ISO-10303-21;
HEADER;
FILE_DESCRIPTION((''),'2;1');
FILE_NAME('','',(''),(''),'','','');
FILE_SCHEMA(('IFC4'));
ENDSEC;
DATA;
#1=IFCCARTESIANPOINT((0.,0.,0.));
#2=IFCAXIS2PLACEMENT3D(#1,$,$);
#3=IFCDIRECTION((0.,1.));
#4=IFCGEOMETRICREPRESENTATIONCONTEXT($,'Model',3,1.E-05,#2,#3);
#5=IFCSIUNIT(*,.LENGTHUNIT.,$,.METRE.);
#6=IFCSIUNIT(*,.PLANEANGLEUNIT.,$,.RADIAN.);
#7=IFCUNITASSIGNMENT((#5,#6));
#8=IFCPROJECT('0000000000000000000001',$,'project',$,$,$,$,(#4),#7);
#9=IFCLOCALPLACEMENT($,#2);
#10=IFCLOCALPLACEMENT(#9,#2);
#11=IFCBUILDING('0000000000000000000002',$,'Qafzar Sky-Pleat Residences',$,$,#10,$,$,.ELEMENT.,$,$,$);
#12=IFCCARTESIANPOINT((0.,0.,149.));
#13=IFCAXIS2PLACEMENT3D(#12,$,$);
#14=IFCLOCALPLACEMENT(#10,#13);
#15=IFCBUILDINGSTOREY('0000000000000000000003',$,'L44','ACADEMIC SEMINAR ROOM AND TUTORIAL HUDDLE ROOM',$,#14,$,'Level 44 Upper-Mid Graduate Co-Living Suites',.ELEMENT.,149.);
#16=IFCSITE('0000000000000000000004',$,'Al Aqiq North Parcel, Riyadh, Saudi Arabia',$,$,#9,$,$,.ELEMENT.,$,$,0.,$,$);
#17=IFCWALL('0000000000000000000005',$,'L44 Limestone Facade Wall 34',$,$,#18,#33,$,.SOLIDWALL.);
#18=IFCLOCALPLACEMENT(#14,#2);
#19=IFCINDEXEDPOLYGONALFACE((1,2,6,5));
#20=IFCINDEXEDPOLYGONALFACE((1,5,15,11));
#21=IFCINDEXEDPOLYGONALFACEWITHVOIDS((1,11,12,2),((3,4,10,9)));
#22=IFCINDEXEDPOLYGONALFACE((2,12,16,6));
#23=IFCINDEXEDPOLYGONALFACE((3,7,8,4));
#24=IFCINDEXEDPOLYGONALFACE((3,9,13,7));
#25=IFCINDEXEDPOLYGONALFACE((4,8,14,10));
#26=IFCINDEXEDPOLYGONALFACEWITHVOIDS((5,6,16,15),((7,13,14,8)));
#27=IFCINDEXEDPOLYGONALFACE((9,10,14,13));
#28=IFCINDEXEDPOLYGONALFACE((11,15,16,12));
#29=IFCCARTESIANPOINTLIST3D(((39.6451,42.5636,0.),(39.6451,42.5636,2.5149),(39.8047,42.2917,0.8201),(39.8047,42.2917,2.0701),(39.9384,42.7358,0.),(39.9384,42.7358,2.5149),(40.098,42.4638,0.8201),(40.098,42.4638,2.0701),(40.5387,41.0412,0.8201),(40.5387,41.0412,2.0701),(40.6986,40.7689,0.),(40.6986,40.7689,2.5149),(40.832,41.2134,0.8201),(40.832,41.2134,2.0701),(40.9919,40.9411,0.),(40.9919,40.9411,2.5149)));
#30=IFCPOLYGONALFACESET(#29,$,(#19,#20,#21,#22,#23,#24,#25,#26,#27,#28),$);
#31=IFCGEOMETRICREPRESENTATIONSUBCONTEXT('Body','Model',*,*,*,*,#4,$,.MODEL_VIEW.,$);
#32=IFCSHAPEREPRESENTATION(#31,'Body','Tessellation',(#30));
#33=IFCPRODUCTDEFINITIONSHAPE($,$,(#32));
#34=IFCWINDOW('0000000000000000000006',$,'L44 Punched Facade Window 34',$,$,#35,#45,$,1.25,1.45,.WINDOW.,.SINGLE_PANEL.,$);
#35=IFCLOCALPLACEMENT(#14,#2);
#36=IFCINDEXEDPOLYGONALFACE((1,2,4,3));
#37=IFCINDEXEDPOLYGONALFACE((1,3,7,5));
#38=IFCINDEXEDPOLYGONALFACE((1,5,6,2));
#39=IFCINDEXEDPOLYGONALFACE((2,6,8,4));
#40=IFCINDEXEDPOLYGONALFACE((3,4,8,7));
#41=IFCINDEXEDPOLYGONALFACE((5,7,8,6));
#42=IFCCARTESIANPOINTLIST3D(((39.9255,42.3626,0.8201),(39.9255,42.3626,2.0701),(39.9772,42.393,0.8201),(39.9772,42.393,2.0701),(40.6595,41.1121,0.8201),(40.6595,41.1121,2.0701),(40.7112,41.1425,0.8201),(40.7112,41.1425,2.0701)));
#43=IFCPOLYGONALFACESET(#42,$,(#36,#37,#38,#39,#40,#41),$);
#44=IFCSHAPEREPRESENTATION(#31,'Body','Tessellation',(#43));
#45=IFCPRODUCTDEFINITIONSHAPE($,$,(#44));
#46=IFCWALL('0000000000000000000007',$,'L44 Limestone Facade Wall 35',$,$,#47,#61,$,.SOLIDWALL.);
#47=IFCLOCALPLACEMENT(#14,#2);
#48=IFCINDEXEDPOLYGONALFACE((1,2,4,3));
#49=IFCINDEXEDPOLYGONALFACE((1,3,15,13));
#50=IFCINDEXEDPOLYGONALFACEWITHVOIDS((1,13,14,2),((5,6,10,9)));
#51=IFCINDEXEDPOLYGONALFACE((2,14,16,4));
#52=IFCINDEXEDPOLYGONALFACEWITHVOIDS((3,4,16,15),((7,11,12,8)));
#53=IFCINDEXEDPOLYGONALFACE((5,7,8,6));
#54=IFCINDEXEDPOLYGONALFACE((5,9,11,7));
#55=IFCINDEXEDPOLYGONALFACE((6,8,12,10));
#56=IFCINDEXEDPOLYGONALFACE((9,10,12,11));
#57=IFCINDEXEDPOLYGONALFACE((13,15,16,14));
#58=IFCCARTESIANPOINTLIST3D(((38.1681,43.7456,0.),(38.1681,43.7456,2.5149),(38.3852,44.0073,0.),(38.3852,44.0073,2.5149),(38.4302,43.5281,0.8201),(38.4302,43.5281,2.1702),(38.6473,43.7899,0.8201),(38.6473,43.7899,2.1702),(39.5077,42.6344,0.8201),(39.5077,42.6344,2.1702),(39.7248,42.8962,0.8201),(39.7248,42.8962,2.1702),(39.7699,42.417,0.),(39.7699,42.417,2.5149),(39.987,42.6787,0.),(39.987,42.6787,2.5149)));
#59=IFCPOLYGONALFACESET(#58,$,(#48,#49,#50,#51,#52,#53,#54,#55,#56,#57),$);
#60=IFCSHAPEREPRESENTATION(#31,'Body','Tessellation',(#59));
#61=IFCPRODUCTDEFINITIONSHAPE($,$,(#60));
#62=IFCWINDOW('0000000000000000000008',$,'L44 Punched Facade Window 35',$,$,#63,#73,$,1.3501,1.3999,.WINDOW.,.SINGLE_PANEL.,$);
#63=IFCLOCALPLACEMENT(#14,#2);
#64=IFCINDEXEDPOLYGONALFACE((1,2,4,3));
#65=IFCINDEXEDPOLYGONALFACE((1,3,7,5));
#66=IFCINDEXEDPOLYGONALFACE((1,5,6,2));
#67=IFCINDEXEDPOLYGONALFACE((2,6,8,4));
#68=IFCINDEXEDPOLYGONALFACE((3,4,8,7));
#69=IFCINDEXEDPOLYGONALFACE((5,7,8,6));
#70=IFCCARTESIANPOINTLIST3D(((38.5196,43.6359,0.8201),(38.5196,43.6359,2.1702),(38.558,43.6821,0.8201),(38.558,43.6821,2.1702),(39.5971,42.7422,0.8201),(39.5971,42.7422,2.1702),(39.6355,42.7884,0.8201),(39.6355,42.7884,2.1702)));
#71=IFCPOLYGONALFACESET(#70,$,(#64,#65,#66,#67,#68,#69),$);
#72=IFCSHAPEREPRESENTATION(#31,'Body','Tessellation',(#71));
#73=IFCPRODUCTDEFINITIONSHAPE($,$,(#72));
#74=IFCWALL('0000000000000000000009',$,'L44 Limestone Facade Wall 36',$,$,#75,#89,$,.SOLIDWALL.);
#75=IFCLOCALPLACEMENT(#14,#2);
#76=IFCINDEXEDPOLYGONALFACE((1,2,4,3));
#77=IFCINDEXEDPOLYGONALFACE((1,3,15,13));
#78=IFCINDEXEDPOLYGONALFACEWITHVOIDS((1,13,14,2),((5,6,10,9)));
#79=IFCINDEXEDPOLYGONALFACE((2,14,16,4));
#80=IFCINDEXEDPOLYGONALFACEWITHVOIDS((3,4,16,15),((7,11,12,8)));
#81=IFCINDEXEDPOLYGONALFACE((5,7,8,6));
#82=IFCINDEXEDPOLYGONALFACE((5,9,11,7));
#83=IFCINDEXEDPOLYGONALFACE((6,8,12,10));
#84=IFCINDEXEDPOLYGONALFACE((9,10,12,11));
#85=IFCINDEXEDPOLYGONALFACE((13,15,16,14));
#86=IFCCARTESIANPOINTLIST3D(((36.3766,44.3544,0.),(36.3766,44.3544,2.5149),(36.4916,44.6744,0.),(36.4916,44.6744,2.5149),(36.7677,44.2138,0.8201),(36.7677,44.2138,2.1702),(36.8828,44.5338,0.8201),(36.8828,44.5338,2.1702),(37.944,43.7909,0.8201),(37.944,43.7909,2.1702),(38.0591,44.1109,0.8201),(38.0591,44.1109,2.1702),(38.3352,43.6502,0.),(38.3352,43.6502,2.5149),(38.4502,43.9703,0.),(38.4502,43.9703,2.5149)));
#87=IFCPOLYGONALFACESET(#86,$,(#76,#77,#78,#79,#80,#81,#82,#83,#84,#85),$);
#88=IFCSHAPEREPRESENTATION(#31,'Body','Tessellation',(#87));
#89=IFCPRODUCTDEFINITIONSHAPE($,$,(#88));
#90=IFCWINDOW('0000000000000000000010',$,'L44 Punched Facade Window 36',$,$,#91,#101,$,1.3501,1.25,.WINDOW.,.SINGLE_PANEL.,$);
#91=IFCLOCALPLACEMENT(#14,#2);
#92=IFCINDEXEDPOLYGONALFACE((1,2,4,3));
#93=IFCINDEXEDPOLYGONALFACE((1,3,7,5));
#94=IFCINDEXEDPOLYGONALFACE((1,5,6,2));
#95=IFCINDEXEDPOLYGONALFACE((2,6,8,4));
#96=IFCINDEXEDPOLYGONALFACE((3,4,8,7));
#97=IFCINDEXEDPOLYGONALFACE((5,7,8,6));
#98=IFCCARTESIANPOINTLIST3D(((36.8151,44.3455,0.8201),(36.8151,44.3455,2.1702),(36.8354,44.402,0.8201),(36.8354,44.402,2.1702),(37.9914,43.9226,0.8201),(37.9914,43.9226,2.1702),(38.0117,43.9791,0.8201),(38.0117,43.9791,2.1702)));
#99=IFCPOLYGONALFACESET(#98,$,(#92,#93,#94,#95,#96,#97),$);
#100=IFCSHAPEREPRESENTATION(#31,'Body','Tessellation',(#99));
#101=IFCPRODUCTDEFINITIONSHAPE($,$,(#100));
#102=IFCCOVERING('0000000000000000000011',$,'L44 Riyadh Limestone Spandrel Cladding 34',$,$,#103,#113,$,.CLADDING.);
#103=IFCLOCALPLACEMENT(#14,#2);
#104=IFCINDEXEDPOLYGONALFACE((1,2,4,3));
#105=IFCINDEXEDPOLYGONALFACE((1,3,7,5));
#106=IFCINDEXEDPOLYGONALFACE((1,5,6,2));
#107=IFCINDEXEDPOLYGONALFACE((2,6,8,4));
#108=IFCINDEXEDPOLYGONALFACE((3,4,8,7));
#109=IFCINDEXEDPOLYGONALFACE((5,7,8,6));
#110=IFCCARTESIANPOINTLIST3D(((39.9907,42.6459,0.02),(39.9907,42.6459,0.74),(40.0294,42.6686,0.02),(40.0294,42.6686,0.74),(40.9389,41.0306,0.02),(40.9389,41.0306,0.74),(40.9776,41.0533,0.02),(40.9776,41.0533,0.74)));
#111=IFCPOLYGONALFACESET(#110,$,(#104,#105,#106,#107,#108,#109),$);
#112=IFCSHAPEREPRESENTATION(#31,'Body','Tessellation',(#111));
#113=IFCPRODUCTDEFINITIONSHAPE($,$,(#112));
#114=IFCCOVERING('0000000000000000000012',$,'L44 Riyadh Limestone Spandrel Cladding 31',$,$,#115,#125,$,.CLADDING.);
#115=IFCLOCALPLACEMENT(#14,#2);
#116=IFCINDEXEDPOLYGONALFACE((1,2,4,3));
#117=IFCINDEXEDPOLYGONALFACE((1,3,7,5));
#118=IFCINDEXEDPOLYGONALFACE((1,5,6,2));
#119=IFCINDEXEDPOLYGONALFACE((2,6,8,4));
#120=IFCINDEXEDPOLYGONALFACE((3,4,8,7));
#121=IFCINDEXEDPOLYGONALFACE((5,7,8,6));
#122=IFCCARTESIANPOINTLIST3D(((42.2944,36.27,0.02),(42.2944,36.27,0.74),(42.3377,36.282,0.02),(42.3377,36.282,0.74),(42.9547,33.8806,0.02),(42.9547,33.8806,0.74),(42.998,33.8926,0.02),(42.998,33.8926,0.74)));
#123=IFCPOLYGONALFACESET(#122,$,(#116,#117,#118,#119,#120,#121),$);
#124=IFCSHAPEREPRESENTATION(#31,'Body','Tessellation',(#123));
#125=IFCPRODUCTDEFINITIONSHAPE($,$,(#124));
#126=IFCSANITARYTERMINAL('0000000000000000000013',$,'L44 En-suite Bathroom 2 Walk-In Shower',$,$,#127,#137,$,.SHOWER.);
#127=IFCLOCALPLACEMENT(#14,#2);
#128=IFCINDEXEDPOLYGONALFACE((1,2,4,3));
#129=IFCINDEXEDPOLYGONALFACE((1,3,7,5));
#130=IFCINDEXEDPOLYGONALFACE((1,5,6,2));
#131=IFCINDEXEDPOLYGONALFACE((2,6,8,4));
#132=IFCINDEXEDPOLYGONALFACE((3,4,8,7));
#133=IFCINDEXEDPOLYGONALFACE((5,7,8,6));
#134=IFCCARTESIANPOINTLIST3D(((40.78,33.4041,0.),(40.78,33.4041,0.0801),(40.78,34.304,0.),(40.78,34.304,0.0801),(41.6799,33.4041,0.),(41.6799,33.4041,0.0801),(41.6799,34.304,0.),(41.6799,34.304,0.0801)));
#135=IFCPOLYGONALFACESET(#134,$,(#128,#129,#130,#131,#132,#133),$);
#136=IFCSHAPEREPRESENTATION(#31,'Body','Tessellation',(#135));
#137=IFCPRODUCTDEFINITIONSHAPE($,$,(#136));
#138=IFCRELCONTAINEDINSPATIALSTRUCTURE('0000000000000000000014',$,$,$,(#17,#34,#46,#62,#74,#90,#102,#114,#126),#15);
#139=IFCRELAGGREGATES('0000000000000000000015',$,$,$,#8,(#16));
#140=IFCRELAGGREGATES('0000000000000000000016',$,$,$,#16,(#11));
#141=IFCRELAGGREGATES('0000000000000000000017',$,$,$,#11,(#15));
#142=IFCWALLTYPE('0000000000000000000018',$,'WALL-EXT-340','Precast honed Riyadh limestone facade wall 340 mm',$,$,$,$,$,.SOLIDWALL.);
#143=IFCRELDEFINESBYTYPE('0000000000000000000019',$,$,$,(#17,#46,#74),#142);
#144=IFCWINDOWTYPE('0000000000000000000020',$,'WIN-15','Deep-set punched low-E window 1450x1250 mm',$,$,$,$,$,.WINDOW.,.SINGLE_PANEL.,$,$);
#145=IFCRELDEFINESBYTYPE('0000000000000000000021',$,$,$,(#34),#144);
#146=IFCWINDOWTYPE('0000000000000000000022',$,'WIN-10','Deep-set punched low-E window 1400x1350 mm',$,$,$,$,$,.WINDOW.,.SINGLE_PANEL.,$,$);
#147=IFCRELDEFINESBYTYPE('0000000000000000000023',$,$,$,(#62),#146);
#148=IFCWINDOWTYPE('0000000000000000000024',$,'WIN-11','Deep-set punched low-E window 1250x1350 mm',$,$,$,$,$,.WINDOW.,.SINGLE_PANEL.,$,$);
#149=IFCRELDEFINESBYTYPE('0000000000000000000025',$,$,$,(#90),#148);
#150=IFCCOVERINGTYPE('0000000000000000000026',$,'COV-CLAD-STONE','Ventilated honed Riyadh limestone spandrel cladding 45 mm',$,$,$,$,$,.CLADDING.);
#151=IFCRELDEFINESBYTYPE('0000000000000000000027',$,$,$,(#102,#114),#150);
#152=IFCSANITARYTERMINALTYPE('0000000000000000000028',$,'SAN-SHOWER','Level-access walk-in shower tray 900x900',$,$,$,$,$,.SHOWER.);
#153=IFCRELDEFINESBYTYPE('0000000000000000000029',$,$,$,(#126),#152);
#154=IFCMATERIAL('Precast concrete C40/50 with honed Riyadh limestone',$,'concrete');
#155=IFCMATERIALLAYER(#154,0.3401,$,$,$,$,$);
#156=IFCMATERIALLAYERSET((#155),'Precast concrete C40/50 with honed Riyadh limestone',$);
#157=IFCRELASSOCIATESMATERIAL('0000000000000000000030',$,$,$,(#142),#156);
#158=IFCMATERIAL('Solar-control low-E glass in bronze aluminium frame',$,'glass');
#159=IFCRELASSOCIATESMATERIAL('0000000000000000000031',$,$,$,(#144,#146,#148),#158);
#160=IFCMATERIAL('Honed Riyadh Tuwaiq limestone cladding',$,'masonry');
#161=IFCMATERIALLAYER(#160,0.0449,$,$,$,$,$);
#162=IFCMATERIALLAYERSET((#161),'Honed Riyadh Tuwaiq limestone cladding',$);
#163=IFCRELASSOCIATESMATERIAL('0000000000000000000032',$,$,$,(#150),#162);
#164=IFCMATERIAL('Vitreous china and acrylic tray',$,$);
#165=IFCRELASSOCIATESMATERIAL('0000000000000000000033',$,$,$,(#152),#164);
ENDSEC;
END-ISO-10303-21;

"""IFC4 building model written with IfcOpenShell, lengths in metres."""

from ifc_helpers import new_model, si_unit, direction, frame, frame_2d, origin, origin_2d, place, context, subcontext, project, spatial, rectangle, extrude, source, transform, mapped, material, layer, layer_set, type_object, element, fill, save


model = new_model("IFC4")

# Units and contexts
model_context = context("Model", 3, precision=1e-05, world=origin(), true_north=direction((0.0, 1.0)))
body_context = subcontext(model_context, "Body", "Model", "MODEL_VIEW")
ifc_project = project(units=[si_unit("LENGTHUNIT", "METRE"), si_unit("PLANEANGLEUNIT", "RADIAN")], contexts=[model_context])

# Site, building, storey
site_placement = place(None, origin())
site = spatial("IfcSite", under=ifc_project, at=site_placement, Name="Al Aqiq North Parcel, Riyadh, Saudi Arabia", CompositionType="ELEMENT", RefElevation=0.0)
building_placement = place(site_placement, origin())
building = spatial("IfcBuilding", under=site, at=building_placement, Name="Qafzar Sky-Pleat Residences", CompositionType="ELEMENT")
storey_placement = place(building_placement, frame((0.0, 0.0, 149.0)))
storey = spatial("IfcBuildingStorey", under=building, at=storey_placement, Name="L44", Description="ACADEMIC SEMINAR ROOM AND TUTORIAL HUDDLE ROOM", LongName="Level 44 Upper-Mid Graduate Co-Living Suites", CompositionType="ELEMENT", Elevation=149.0)

# Walls, openings, windows
ifc_material_1 = material(Name="Precast concrete C40/50 with honed Riyadh limestone", Category="concrete")
ifc_layer_1 = layer(ifc_material_1, 0.3401)
ifc_layer_set_1 = layer_set([ifc_layer_1], Name="Precast concrete C40/50 with honed Riyadh limestone")
wall_type_1 = type_object("IfcWallType", Name="WALL-EXT-340", Description="Precast honed Riyadh limestone facade wall 340 mm", PredefinedType="SOLIDWALL", material=ifc_layer_set_1)
ifc_material_2 = material(Name="Solar-control low-E glass in bronze aluminium frame", Category="glass")
window_type_1 = type_object("IfcWindowType", Name="WIN-15", Description="Deep-set punched low-E window 1450x1250 mm", PartitioningType="SINGLE_PANEL", PredefinedType="WINDOW", material=ifc_material_2)
shared_shape_1 = source(origin(), body_context, "Body", "SweptSolid", [
    extrude(rectangle(XDim=1.45, YDim=1.25, at=frame_2d((0.7251, 0.625))), frame((0.0, 0.03, 0.0), z_axis=(0.0, -1.0, 0.0), x_axis=(1.0, 0.0, 0.0)), (0.0, 0.0, 1.0), 0.0601),
])
wall_1_placement = place(storey_placement, frame((40.8452, 40.855, 0.0), z_axis=(0.0, 0.0, 1.0), x_axis=(-0.506225, 0.862401, 0.0)))
wall_1 = element("IfcWall", 1, at=wall_1_placement, inside=storey, type_object=wall_type_1, Name="L44 Limestone Facade Wall 34", PredefinedType="SOLIDWALL", context=body_context, shape_type="SweptSolid", body=[
    extrude(rectangle(XDim=2.0811, YDim=0.3401, at=frame_2d((1.0405, 0.0))), origin(), (0.0, 0.0, 1.0), 2.5149),
])
opening_1_placement = place(wall_1_placement, frame((0.3157, 0.0, 0.8201)))
opening_1 = element("IfcOpeningElement", 2, at=opening_1_placement, cuts=wall_1, PredefinedType="OPENING", context=body_context, shape_type="SweptSolid", body=[
    extrude(rectangle(XDim=1.45, YDim=1.25, at=frame_2d((0.7251, 0.625))), frame((0.0, 0.1802, 0.0), z_axis=(0.0, -1.0, 0.0), x_axis=(1.0, 0.0, 0.0)), (0.0, 0.0, 1.0), 0.3601),
])
window_1_placement = place(opening_1_placement, origin())
window_1 = element("IfcWindow", 3, at=window_1_placement, inside=storey, type_object=window_type_1, Name="L44 Punched Facade Window 34", OverallHeight=1.25, OverallWidth=1.45, PartitioningType="SINGLE_PANEL", PredefinedType="WINDOW", context=body_context, shape_type="MappedRepresentation", body=[
    mapped(shared_shape_1, transform((0.0, 0.0, 0.0), x_axis=(1.0, 0.0, 0.0), y_axis=(0.0, 1.0, 0.0), z_axis=(0.0, 0.0, 1.0), scale=1.0)),
])
fill(opening_1, window_1)
wall_2_placement = place(storey_placement, frame((39.8784, 42.5479, 0.0), z_axis=(0.0, 0.0, 1.0), x_axis=(-0.76969, 0.638417, 0.0)))
wall_2 = element("IfcWall", 4, at=wall_2_placement, inside=storey, type_object=wall_type_1, Name="L44 Limestone Facade Wall 35", PredefinedType="SOLIDWALL", context=body_context, shape_type="SweptSolid", body=[
    extrude(rectangle(XDim=2.0811, YDim=0.3401, at=frame_2d((1.0405, 0.0))), origin(), (0.0, 0.0, 1.0), 2.5149),
])
opening_2_placement = place(wall_2_placement, frame((0.3406, 0.0, 0.8201)))
opening_2 = element("IfcOpeningElement", 5, at=opening_2_placement, cuts=wall_2, PredefinedType="OPENING", context=body_context, shape_type="SweptSolid", body=[
    extrude(rectangle(XDim=1.3999, YDim=1.3501, at=frame_2d((0.7, 0.675))), frame((0.0, 0.1802, 0.0), z_axis=(0.0, -1.0, 0.0), x_axis=(1.0, 0.0, 0.0)), (0.0, 0.0, 1.0), 0.3601),
])
window_type_2 = type_object("IfcWindowType", Name="WIN-10", Description="Deep-set punched low-E window 1400x1350 mm", PartitioningType="SINGLE_PANEL", PredefinedType="WINDOW", material=ifc_material_2)
shared_shape_2 = source(origin(), body_context, "Body", "SweptSolid", [
    extrude(rectangle(XDim=1.3999, YDim=1.3501, at=frame_2d((0.7, 0.675))), frame((0.0, 0.03, 0.0), z_axis=(0.0, -1.0, 0.0), x_axis=(1.0, 0.0, 0.0)), (0.0, 0.0, 1.0), 0.0601),
])
window_2_placement = place(opening_2_placement, origin())
window_2 = element("IfcWindow", 6, at=window_2_placement, inside=storey, type_object=window_type_2, Name="L44 Punched Facade Window 35", OverallHeight=1.3501, OverallWidth=1.3999, PartitioningType="SINGLE_PANEL", PredefinedType="WINDOW", context=body_context, shape_type="MappedRepresentation", body=[
    mapped(shared_shape_2, transform((0.0, 0.0, 0.0), x_axis=(1.0, 0.0, 0.0), y_axis=(0.0, 1.0, 0.0), z_axis=(0.0, 0.0, 1.0), scale=1.0)),
])
fill(opening_2, window_2)
wall_3_placement = place(storey_placement, frame((38.3926, 43.8103, 0.0), z_axis=(0.0, 0.0, 1.0), x_axis=(-0.941034, 0.338312, 0.0)))
wall_3 = element("IfcWall", 7, at=wall_3_placement, inside=storey, type_object=wall_type_1, Name="L44 Limestone Facade Wall 36", PredefinedType="SOLIDWALL", context=body_context, shape_type="SweptSolid", body=[
    extrude(rectangle(XDim=2.0813, YDim=0.3401, at=frame_2d((1.0405, 0.0))), origin(), (0.0, 0.0, 1.0), 2.5149),
])
opening_3_placement = place(wall_3_placement, frame((0.4155, 0.0, 0.8201)))
opening_3 = element("IfcOpeningElement", 8, at=opening_3_placement, cuts=wall_3, PredefinedType="OPENING", context=body_context, shape_type="SweptSolid", body=[
    extrude(rectangle(XDim=1.25, YDim=1.3501, at=frame_2d((0.625, 0.675))), frame((0.0, 0.1802, 0.0), z_axis=(0.0, -1.0, 0.0), x_axis=(1.0, 0.0, 0.0)), (0.0, 0.0, 1.0), 0.3601),
])
window_type_3 = type_object("IfcWindowType", Name="WIN-11", Description="Deep-set punched low-E window 1250x1350 mm", PartitioningType="SINGLE_PANEL", PredefinedType="WINDOW", material=ifc_material_2)
shared_shape_3 = source(origin(), body_context, "Body", "SweptSolid", [
    extrude(rectangle(XDim=1.25, YDim=1.3501, at=frame_2d((0.625, 0.675))), frame((0.0, 0.03, 0.0), z_axis=(0.0, -1.0, 0.0), x_axis=(1.0, 0.0, 0.0)), (0.0, 0.0, 1.0), 0.0601),
])
window_3_placement = place(opening_3_placement, origin())
window_3 = element("IfcWindow", 9, at=window_3_placement, inside=storey, type_object=window_type_3, Name="L44 Punched Facade Window 36", OverallHeight=1.3501, OverallWidth=1.25, PartitioningType="SINGLE_PANEL", PredefinedType="WINDOW", context=body_context, shape_type="MappedRepresentation", body=[
    mapped(shared_shape_3, transform((0.0, 0.0, 0.0), x_axis=(1.0, 0.0, 0.0), y_axis=(0.0, 1.0, 0.0), z_axis=(0.0, 0.0, 1.0), scale=1.0)),
])
fill(opening_3, window_3)

# Coverings
ifc_material_3 = material(Name="Honed Riyadh Tuwaiq limestone cladding", Category="masonry")
ifc_layer_2 = layer(ifc_material_3, 0.0449)
ifc_layer_set_2 = layer_set([ifc_layer_2], Name="Honed Riyadh Tuwaiq limestone cladding")
covering_type = type_object("IfcCoveringType", Name="COV-CLAD-STONE", Description="Ventilated honed Riyadh limestone spandrel cladding 45 mm", PredefinedType="CLADDING", material=ifc_layer_set_2)
shared_shape_4 = source(origin(), body_context, "Body", "SweptSolid", [
    extrude(rectangle(XDim=1.873, YDim=0.0449, at=origin_2d()), origin(), (0.0, 0.0, 1.0), 0.72),
])
covering_1_placement = place(storey_placement, frame((40.4841, 41.8496, 0.02), z_axis=(0.0, 0.0, 1.0), x_axis=(-0.506232, 0.862397, 0.0)))
element("IfcCovering", 10, at=covering_1_placement, inside=storey, type_object=covering_type, Name="L44 Riyadh Limestone Spandrel Cladding 34", PredefinedType="CLADDING", context=body_context, shape_type="MappedRepresentation", body=[
    mapped(shared_shape_4, transform((0.0, 0.0, 0.0), x_axis=(1.0, 0.0, 0.0), y_axis=(0.0, 1.0, 0.0), z_axis=(0.0, 0.0, 1.0), scale=1.0)),
])
shared_shape_5 = source(origin(), body_context, "Body", "SweptSolid", [
    extrude(rectangle(XDim=2.479, YDim=0.0449, at=origin_2d()), origin(), (0.0, 0.0, 1.0), 0.72),
])
covering_2_placement = place(storey_placement, frame((42.6462, 35.0813, 0.02), z_axis=(0.0, 0.0, 1.0), x_axis=(-0.266363, 0.963873, 0.0)))
element("IfcCovering", 11, at=covering_2_placement, inside=storey, type_object=covering_type, Name="L44 Riyadh Limestone Spandrel Cladding 31", PredefinedType="CLADDING", context=body_context, shape_type="MappedRepresentation", body=[
    mapped(shared_shape_5, transform((0.0, 0.0, 0.0), x_axis=(1.0, 0.0, 0.0), y_axis=(0.0, 1.0, 0.0), z_axis=(0.0, 0.0, 1.0), scale=1.0)),
])

# Sanitary terminal
ifc_material_4 = material(Name="Vitreous china and acrylic tray")
sanitary_terminal_type = type_object("IfcSanitaryTerminalType", Name="SAN-SHOWER", Description="Level-access walk-in shower tray 900x900", PredefinedType="SHOWER", material=ifc_material_4)
shared_shape_6 = source(origin(), body_context, "Body", "SweptSolid", [
    extrude(rectangle(XDim=0.8999, YDim=0.8999, at=origin_2d()), origin(), (0.0, 0.0, 1.0), 0.0801),
])
sanitary_terminal_placement = place(storey_placement, frame((41.23, 33.854, 0.0), z_axis=(0.0, 0.0, 1.0), x_axis=(1.0, 0.0, 0.0)))
element("IfcSanitaryTerminal", 12, at=sanitary_terminal_placement, inside=storey, type_object=sanitary_terminal_type, Name="L44 En-suite Bathroom 2 Walk-In Shower", PredefinedType="SHOWER", context=body_context, shape_type="MappedRepresentation", body=[
    mapped(shared_shape_6, transform((0.0, 0.0, 0.0), x_axis=(1.0, 0.0, 0.0), y_axis=(0.0, 1.0, 0.0), z_axis=(0.0, 0.0, 1.0), scale=1.0)),
])

save(model, "model.ifc")
